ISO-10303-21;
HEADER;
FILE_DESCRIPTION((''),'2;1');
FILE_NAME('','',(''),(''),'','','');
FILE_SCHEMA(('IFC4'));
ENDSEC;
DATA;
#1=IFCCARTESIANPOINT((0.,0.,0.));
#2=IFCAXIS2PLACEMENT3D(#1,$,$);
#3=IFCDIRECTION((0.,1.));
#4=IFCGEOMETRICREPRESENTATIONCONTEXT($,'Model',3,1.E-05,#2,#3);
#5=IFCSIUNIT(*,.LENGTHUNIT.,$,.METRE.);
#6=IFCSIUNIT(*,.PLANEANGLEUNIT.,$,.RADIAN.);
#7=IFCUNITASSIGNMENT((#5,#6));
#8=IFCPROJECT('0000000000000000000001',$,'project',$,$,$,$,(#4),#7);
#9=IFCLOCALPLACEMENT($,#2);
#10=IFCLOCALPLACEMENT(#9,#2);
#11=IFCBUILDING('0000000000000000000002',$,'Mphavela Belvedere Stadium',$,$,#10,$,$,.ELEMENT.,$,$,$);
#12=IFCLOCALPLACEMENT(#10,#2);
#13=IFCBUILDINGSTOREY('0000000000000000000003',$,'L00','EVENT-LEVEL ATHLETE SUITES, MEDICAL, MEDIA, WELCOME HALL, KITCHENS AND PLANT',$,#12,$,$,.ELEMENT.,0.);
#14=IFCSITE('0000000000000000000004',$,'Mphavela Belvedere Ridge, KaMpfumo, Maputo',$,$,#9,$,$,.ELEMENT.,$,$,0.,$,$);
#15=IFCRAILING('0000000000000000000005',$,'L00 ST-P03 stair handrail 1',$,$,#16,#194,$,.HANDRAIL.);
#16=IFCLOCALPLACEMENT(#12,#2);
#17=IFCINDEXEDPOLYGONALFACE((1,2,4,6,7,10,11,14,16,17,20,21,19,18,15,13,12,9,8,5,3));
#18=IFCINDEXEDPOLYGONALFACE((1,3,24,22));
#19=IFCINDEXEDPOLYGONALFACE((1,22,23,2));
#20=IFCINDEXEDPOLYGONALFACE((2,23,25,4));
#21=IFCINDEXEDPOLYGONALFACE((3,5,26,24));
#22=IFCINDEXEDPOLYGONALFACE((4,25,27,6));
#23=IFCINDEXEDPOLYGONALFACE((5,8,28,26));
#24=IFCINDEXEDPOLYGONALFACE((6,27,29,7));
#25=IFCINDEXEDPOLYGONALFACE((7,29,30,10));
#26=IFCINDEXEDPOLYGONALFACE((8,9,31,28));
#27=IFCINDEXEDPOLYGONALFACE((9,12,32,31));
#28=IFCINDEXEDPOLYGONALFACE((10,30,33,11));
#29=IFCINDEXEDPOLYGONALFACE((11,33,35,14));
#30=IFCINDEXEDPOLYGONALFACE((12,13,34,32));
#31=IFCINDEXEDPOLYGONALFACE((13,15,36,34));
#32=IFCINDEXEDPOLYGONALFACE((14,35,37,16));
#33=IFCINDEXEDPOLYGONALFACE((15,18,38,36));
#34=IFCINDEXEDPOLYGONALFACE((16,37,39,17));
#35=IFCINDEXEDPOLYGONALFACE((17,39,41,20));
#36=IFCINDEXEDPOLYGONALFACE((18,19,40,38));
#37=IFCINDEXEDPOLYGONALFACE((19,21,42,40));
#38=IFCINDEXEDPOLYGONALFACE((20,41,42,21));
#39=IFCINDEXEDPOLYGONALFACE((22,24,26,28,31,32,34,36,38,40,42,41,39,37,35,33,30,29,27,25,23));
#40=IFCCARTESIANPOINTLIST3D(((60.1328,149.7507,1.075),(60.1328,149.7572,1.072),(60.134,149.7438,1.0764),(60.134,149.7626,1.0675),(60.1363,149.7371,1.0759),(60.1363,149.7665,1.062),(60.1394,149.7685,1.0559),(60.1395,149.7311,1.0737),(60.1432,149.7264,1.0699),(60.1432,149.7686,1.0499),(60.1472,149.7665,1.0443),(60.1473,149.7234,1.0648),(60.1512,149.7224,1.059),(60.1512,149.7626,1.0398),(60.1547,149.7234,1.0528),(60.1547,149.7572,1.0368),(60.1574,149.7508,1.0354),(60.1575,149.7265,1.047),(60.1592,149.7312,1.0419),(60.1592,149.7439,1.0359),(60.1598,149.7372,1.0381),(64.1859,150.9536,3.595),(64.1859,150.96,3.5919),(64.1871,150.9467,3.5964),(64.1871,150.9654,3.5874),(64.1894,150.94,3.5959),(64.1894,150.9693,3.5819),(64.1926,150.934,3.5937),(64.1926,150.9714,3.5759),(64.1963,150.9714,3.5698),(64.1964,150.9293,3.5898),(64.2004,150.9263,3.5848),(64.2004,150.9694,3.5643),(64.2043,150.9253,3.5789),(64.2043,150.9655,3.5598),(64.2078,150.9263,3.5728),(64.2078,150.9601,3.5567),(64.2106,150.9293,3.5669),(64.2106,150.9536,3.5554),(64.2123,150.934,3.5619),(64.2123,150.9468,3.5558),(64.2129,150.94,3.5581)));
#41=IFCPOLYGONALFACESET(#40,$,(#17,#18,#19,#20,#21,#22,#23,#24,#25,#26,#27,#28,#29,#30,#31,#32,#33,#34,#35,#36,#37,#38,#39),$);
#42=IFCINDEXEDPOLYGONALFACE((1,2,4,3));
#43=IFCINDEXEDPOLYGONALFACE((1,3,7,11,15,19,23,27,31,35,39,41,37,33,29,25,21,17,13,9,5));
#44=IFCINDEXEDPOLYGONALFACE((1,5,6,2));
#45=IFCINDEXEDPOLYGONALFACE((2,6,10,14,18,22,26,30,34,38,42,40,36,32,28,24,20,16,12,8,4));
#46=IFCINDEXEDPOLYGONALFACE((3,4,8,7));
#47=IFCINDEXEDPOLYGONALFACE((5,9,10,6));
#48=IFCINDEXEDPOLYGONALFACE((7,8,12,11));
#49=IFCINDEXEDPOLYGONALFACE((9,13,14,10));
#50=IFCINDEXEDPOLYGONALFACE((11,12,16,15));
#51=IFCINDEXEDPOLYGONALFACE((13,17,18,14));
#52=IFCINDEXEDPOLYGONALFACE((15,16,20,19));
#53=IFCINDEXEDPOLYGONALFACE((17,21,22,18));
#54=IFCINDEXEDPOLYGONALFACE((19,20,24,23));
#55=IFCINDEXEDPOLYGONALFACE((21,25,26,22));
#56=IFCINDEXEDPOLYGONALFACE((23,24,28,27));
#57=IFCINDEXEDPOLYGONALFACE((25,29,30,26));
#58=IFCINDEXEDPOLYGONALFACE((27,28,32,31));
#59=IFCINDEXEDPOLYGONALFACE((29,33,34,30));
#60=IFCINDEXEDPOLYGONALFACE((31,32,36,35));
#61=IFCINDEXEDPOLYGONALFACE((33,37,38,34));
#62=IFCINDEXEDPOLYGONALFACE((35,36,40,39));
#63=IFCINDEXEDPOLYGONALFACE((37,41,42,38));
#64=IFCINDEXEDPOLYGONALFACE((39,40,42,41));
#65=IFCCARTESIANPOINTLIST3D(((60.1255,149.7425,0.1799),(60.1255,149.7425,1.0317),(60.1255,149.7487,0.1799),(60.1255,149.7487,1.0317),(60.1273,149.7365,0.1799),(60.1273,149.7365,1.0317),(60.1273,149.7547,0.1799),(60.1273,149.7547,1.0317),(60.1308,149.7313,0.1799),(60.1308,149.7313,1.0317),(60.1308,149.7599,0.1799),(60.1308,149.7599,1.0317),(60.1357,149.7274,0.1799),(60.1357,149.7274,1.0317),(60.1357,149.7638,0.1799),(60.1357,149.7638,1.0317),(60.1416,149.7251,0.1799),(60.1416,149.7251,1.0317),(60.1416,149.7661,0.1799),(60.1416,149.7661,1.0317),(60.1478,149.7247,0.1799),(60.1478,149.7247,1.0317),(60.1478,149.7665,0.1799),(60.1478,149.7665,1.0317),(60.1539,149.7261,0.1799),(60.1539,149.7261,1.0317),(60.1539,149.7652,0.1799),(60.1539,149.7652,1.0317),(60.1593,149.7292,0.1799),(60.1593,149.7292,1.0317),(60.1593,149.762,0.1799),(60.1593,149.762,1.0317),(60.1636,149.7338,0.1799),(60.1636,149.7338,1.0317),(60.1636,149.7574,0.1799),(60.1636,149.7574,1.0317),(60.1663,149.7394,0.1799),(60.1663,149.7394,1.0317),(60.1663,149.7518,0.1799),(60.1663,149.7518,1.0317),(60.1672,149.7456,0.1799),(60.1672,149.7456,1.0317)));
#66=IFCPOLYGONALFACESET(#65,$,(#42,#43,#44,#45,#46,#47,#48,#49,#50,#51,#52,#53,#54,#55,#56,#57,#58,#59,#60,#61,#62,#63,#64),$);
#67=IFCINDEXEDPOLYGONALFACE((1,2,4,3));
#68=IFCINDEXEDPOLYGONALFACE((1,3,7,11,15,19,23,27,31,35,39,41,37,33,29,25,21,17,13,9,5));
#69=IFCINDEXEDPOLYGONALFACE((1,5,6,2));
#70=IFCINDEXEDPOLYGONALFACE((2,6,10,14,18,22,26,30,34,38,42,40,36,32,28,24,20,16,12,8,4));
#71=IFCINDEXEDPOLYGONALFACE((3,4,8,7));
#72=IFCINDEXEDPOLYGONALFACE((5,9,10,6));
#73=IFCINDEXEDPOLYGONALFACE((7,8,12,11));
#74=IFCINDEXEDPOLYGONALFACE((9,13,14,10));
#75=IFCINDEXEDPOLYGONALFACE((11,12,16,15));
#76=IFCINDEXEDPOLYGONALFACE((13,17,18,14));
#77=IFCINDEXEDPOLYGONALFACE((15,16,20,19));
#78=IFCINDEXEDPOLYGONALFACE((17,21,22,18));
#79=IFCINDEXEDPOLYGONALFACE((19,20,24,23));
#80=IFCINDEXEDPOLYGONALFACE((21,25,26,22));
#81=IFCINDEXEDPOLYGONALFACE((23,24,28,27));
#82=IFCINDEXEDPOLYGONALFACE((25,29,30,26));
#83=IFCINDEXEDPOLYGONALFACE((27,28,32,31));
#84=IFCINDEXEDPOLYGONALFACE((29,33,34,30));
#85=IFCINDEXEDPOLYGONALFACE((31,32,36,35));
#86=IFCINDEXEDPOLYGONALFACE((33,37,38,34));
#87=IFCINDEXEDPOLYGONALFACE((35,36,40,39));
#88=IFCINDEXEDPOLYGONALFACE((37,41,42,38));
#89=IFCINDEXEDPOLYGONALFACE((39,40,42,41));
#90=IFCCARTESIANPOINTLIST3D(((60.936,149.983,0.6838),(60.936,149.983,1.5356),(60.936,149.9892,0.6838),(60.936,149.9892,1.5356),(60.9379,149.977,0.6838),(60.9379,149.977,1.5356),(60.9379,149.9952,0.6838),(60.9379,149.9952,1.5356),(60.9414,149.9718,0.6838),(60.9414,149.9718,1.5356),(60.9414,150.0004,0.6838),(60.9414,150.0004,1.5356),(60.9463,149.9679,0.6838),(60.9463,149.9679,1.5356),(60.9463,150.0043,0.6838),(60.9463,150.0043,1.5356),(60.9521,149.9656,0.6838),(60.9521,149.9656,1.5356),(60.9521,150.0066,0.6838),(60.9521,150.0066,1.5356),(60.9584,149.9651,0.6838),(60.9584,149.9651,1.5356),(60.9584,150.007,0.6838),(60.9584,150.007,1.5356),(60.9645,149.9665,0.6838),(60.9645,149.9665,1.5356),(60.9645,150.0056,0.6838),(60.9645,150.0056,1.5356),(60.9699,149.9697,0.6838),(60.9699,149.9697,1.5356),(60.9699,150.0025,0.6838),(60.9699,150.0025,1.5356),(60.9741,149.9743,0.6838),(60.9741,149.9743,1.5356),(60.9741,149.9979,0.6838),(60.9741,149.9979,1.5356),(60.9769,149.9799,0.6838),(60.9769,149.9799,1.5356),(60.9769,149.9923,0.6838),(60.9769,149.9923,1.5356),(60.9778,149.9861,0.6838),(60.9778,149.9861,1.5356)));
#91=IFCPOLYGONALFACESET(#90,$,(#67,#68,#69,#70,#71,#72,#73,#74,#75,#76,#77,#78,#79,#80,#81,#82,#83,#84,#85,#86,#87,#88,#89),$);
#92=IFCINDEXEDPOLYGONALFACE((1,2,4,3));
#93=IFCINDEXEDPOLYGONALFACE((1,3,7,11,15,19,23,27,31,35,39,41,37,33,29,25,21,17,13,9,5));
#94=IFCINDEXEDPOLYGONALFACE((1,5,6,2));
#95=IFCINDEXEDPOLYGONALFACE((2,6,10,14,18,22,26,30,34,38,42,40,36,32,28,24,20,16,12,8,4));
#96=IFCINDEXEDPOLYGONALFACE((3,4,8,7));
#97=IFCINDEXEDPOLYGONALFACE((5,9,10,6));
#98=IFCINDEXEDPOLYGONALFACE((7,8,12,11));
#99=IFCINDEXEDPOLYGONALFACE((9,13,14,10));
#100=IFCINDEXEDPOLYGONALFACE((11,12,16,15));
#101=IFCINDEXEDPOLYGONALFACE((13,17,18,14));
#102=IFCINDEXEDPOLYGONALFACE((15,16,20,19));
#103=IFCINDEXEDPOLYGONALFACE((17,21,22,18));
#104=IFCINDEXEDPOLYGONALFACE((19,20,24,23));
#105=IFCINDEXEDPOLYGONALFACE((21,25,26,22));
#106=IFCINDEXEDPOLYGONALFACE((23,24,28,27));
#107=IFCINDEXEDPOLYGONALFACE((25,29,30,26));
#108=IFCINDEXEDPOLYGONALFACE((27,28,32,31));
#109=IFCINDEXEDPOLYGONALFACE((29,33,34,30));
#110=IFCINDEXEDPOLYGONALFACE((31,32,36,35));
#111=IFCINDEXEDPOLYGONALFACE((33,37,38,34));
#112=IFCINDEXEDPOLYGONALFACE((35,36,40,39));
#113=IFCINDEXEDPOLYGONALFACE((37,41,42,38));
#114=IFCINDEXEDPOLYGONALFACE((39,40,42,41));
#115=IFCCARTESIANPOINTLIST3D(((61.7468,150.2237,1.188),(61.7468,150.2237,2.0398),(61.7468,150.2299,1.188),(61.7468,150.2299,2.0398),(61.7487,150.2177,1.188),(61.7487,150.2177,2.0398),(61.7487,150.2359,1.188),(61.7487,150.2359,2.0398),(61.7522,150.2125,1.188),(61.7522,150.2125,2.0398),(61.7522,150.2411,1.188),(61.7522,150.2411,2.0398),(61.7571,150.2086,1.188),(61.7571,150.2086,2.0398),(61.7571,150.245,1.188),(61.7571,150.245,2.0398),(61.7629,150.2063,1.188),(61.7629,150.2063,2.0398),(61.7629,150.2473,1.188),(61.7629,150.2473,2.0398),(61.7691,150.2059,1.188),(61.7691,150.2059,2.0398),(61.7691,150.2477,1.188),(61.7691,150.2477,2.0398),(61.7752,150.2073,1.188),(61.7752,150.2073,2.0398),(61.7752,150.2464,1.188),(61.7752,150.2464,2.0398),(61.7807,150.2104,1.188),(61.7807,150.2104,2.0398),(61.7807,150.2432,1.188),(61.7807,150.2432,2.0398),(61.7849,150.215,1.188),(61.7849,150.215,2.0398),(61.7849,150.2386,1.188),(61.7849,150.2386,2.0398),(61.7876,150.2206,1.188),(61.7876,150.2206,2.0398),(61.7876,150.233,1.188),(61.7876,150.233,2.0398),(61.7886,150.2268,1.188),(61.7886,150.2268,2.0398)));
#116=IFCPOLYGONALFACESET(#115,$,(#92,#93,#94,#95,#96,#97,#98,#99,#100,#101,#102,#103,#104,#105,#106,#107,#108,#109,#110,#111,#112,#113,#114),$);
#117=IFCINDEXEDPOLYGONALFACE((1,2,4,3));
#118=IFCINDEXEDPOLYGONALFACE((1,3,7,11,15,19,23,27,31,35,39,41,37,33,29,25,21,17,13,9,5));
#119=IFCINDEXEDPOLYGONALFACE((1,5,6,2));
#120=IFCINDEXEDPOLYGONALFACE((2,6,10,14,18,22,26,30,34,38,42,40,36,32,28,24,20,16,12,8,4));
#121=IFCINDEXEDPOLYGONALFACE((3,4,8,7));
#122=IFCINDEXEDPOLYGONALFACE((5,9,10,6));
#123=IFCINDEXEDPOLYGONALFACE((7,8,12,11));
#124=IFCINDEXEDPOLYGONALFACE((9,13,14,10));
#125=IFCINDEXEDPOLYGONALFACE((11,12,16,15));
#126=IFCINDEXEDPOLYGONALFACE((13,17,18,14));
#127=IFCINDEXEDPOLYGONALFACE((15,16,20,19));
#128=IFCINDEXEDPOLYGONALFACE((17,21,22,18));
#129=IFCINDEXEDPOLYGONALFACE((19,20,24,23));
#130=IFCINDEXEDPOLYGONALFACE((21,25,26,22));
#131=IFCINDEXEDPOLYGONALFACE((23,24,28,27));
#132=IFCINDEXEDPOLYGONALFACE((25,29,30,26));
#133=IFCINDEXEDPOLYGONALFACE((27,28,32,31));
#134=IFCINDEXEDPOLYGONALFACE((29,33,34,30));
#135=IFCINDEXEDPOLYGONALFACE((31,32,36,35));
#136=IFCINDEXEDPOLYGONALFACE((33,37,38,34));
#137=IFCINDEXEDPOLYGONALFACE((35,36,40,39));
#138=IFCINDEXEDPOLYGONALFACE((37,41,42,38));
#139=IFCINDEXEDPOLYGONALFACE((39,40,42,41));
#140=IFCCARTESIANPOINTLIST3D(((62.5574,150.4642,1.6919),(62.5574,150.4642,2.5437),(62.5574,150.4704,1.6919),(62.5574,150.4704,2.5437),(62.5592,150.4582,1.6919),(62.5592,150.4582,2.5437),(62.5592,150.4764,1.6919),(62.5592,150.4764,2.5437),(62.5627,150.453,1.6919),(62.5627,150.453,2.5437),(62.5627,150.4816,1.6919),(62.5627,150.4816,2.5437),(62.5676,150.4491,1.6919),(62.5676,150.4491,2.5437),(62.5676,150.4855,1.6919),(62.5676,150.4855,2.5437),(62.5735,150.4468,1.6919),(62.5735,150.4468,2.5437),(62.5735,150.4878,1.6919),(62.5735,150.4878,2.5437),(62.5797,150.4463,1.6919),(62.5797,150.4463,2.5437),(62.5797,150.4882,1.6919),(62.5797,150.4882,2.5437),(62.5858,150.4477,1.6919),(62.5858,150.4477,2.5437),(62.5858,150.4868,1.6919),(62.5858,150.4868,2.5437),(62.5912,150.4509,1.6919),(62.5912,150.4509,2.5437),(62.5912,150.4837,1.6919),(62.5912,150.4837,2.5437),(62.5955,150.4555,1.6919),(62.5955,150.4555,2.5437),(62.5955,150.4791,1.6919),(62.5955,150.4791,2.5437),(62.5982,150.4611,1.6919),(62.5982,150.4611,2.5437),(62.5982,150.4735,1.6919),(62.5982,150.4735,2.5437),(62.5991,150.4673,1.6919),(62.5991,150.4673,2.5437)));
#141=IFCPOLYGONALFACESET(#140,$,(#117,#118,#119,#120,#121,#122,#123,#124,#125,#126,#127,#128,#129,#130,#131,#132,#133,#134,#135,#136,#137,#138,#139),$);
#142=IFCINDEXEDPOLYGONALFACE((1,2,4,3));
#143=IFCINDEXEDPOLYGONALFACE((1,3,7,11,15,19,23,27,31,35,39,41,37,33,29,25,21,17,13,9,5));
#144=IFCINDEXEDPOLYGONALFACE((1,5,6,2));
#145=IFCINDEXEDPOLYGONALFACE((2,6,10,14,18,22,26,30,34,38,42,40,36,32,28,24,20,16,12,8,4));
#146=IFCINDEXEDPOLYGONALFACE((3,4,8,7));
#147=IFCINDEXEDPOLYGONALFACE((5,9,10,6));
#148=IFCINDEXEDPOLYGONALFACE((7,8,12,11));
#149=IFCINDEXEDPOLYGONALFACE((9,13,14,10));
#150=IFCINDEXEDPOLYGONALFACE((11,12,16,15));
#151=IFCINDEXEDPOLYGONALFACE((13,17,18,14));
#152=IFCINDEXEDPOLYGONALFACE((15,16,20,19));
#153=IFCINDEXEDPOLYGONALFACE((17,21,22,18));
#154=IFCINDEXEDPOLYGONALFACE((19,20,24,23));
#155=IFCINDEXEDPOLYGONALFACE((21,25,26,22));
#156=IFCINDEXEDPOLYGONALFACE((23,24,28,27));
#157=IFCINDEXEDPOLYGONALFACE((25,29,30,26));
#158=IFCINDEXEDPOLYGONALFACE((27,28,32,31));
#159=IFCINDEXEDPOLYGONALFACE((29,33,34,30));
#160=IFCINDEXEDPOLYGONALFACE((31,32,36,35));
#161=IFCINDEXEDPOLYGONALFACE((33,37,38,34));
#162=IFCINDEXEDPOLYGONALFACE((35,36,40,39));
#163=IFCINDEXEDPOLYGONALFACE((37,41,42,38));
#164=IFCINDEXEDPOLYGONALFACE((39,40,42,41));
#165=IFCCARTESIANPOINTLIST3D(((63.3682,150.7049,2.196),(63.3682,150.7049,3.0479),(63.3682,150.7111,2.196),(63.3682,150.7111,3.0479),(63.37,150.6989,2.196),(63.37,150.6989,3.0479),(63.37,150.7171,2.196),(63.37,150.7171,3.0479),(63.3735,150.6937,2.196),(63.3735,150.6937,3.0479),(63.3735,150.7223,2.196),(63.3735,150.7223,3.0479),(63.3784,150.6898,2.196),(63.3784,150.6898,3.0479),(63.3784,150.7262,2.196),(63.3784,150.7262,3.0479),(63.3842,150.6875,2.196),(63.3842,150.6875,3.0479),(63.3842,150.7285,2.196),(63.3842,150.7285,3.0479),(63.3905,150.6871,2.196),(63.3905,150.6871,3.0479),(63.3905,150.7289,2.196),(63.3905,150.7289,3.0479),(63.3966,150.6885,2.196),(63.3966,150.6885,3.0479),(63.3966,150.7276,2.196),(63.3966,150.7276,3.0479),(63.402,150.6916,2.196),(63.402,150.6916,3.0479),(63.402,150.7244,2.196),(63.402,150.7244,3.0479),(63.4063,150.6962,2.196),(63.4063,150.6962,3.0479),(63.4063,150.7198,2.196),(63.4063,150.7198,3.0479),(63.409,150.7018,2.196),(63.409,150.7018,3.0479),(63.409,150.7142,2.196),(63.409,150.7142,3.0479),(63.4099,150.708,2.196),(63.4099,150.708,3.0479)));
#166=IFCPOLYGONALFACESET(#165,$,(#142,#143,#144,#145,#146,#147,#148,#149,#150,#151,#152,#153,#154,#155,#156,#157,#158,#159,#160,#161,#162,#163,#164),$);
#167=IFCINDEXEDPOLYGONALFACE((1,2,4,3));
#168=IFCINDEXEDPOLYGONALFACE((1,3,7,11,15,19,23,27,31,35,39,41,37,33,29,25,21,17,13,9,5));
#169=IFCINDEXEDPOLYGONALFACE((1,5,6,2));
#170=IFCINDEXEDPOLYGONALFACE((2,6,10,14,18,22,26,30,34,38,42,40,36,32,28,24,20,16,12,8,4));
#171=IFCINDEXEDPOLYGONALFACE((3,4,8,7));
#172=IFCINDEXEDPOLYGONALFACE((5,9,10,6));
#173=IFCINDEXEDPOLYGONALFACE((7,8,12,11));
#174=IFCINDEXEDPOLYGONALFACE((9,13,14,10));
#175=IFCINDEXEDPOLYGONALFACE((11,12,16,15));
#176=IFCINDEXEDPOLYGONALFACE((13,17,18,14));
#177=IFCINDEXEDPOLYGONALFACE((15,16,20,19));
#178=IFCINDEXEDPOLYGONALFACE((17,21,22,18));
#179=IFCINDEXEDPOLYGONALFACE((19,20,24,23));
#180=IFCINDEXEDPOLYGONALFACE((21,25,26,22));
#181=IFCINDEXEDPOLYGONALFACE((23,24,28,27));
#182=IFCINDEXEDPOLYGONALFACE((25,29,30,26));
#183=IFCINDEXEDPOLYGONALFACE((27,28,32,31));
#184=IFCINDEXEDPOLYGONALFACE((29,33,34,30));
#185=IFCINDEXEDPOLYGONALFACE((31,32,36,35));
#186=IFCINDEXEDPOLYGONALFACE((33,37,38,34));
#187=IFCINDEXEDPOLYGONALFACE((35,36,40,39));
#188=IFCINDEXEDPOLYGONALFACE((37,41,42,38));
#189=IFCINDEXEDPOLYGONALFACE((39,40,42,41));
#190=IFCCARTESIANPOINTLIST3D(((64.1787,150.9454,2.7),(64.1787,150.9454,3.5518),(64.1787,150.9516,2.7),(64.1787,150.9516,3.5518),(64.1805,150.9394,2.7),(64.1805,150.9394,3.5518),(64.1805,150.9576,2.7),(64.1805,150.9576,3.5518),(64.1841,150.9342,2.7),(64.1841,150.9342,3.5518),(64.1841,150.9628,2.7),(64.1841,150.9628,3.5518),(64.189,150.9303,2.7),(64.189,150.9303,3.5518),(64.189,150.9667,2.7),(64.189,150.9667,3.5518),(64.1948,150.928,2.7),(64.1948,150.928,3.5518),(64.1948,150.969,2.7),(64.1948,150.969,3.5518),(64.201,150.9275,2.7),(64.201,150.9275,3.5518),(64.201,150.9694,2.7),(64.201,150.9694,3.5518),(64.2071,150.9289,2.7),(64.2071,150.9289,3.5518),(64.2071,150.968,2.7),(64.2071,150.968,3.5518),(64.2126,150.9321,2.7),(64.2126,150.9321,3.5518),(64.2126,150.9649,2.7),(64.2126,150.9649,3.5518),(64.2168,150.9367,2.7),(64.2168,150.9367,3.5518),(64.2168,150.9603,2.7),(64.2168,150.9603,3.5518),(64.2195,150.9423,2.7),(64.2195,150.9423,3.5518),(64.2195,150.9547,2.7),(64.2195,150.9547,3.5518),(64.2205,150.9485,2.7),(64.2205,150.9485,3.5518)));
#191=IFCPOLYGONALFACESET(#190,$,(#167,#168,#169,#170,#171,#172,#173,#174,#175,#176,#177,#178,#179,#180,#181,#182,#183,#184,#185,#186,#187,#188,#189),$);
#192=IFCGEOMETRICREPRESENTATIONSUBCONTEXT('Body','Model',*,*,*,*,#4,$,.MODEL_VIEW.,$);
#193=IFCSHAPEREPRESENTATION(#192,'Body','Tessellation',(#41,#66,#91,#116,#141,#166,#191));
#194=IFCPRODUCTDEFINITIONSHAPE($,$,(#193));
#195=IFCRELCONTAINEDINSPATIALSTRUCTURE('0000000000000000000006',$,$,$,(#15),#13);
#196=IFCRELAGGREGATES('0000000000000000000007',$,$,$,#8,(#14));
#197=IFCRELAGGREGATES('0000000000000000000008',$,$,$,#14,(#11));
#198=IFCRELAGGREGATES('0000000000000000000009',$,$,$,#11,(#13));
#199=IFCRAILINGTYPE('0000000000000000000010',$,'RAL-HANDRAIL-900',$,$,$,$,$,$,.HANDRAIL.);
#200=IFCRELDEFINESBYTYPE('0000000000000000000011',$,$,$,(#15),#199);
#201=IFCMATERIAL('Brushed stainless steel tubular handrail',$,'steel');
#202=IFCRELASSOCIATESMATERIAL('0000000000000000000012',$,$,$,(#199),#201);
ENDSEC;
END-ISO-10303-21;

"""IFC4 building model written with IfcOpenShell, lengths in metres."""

from ifc_helpers import new_model, si_unit, direction, frame, origin, origin_2d, place, context, subcontext, project, spatial, circle, extrude, material, type_object, element, save


model = new_model("IFC4")

# Units and contexts
model_context = context("Model", 3, precision=1e-05, world=origin(), true_north=direction((0.0, 1.0)))
body_context = subcontext(model_context, "Body", "Model", "MODEL_VIEW")
ifc_project = project(units=[si_unit("LENGTHUNIT", "METRE"), si_unit("PLANEANGLEUNIT", "RADIAN")], contexts=[model_context])

# Site, building, storey
site_placement = place(None, origin())
site = spatial("IfcSite", under=ifc_project, at=site_placement, Name="Mphavela Belvedere Ridge, KaMpfumo, Maputo", CompositionType="ELEMENT", RefElevation=0.0)
building_placement = place(site_placement, origin())
building = spatial("IfcBuilding", under=site, at=building_placement, Name="Mphavela Belvedere Stadium", CompositionType="ELEMENT")
storey_placement = place(building_placement, origin())
storey = spatial("IfcBuildingStorey", under=building, at=storey_placement, Name="L00", Description="EVENT-LEVEL ATHLETE SUITES, MEDICAL, MEDIA, WELCOME HALL, KITCHENS AND PLANT", CompositionType="ELEMENT", Elevation=0.0)

# Railing
ifc_material_1 = material(Name="Brushed stainless steel tubular handrail", Category="steel")
railing_type = type_object("IfcRailingType", Name="RAL-HANDRAIL-900", PredefinedType="HANDRAIL", material=ifc_material_1)
railing_placement = place(storey_placement, frame((60.1462, 149.7456, 0.1799)))
element("IfcRailing", 1, at=railing_placement, inside=storey, type_object=railing_type, Name="L00 ST-P03 stair handrail 1", PredefinedType="HANDRAIL", context=body_context, shape_type="SweptSolid", body=[
    extrude(circle(Radius=0.0239, at=origin_2d()), frame((0.0, 0.0, 0.876), z_axis=(0.823492, 0.244389, 0.511991), x_axis=(-0.284507, 0.958674, 0.0)), (0.0, 0.0, 1.0), 4.9219),
    extrude(circle(Radius=0.021, at=origin_2d()), origin(), (0.0, 0.0, 1.0), 0.8518),
    extrude(circle(Radius=0.021, at=origin_2d()), frame((0.8105, 0.2405, 0.5039)), (0.0, 0.0, 1.0), 0.8518),
    extrude(circle(Radius=0.021, at=origin_2d()), frame((1.6213, 0.4812, 1.0081)), (0.0, 0.0, 1.0), 0.8518),
    extrude(circle(Radius=0.021, at=origin_2d()), frame((2.4319, 0.7217, 1.512)), (0.0, 0.0, 1.0), 0.8518),
    extrude(circle(Radius=0.021, at=origin_2d()), frame((3.2427, 0.9624, 2.0161)), (0.0, 0.0, 1.0), 0.8518),
    extrude(circle(Radius=0.021, at=origin_2d()), frame((4.0532, 1.2029, 2.52)), (0.0, 0.0, 1.0), 0.8518),
])

save(model, "model.ifc")
